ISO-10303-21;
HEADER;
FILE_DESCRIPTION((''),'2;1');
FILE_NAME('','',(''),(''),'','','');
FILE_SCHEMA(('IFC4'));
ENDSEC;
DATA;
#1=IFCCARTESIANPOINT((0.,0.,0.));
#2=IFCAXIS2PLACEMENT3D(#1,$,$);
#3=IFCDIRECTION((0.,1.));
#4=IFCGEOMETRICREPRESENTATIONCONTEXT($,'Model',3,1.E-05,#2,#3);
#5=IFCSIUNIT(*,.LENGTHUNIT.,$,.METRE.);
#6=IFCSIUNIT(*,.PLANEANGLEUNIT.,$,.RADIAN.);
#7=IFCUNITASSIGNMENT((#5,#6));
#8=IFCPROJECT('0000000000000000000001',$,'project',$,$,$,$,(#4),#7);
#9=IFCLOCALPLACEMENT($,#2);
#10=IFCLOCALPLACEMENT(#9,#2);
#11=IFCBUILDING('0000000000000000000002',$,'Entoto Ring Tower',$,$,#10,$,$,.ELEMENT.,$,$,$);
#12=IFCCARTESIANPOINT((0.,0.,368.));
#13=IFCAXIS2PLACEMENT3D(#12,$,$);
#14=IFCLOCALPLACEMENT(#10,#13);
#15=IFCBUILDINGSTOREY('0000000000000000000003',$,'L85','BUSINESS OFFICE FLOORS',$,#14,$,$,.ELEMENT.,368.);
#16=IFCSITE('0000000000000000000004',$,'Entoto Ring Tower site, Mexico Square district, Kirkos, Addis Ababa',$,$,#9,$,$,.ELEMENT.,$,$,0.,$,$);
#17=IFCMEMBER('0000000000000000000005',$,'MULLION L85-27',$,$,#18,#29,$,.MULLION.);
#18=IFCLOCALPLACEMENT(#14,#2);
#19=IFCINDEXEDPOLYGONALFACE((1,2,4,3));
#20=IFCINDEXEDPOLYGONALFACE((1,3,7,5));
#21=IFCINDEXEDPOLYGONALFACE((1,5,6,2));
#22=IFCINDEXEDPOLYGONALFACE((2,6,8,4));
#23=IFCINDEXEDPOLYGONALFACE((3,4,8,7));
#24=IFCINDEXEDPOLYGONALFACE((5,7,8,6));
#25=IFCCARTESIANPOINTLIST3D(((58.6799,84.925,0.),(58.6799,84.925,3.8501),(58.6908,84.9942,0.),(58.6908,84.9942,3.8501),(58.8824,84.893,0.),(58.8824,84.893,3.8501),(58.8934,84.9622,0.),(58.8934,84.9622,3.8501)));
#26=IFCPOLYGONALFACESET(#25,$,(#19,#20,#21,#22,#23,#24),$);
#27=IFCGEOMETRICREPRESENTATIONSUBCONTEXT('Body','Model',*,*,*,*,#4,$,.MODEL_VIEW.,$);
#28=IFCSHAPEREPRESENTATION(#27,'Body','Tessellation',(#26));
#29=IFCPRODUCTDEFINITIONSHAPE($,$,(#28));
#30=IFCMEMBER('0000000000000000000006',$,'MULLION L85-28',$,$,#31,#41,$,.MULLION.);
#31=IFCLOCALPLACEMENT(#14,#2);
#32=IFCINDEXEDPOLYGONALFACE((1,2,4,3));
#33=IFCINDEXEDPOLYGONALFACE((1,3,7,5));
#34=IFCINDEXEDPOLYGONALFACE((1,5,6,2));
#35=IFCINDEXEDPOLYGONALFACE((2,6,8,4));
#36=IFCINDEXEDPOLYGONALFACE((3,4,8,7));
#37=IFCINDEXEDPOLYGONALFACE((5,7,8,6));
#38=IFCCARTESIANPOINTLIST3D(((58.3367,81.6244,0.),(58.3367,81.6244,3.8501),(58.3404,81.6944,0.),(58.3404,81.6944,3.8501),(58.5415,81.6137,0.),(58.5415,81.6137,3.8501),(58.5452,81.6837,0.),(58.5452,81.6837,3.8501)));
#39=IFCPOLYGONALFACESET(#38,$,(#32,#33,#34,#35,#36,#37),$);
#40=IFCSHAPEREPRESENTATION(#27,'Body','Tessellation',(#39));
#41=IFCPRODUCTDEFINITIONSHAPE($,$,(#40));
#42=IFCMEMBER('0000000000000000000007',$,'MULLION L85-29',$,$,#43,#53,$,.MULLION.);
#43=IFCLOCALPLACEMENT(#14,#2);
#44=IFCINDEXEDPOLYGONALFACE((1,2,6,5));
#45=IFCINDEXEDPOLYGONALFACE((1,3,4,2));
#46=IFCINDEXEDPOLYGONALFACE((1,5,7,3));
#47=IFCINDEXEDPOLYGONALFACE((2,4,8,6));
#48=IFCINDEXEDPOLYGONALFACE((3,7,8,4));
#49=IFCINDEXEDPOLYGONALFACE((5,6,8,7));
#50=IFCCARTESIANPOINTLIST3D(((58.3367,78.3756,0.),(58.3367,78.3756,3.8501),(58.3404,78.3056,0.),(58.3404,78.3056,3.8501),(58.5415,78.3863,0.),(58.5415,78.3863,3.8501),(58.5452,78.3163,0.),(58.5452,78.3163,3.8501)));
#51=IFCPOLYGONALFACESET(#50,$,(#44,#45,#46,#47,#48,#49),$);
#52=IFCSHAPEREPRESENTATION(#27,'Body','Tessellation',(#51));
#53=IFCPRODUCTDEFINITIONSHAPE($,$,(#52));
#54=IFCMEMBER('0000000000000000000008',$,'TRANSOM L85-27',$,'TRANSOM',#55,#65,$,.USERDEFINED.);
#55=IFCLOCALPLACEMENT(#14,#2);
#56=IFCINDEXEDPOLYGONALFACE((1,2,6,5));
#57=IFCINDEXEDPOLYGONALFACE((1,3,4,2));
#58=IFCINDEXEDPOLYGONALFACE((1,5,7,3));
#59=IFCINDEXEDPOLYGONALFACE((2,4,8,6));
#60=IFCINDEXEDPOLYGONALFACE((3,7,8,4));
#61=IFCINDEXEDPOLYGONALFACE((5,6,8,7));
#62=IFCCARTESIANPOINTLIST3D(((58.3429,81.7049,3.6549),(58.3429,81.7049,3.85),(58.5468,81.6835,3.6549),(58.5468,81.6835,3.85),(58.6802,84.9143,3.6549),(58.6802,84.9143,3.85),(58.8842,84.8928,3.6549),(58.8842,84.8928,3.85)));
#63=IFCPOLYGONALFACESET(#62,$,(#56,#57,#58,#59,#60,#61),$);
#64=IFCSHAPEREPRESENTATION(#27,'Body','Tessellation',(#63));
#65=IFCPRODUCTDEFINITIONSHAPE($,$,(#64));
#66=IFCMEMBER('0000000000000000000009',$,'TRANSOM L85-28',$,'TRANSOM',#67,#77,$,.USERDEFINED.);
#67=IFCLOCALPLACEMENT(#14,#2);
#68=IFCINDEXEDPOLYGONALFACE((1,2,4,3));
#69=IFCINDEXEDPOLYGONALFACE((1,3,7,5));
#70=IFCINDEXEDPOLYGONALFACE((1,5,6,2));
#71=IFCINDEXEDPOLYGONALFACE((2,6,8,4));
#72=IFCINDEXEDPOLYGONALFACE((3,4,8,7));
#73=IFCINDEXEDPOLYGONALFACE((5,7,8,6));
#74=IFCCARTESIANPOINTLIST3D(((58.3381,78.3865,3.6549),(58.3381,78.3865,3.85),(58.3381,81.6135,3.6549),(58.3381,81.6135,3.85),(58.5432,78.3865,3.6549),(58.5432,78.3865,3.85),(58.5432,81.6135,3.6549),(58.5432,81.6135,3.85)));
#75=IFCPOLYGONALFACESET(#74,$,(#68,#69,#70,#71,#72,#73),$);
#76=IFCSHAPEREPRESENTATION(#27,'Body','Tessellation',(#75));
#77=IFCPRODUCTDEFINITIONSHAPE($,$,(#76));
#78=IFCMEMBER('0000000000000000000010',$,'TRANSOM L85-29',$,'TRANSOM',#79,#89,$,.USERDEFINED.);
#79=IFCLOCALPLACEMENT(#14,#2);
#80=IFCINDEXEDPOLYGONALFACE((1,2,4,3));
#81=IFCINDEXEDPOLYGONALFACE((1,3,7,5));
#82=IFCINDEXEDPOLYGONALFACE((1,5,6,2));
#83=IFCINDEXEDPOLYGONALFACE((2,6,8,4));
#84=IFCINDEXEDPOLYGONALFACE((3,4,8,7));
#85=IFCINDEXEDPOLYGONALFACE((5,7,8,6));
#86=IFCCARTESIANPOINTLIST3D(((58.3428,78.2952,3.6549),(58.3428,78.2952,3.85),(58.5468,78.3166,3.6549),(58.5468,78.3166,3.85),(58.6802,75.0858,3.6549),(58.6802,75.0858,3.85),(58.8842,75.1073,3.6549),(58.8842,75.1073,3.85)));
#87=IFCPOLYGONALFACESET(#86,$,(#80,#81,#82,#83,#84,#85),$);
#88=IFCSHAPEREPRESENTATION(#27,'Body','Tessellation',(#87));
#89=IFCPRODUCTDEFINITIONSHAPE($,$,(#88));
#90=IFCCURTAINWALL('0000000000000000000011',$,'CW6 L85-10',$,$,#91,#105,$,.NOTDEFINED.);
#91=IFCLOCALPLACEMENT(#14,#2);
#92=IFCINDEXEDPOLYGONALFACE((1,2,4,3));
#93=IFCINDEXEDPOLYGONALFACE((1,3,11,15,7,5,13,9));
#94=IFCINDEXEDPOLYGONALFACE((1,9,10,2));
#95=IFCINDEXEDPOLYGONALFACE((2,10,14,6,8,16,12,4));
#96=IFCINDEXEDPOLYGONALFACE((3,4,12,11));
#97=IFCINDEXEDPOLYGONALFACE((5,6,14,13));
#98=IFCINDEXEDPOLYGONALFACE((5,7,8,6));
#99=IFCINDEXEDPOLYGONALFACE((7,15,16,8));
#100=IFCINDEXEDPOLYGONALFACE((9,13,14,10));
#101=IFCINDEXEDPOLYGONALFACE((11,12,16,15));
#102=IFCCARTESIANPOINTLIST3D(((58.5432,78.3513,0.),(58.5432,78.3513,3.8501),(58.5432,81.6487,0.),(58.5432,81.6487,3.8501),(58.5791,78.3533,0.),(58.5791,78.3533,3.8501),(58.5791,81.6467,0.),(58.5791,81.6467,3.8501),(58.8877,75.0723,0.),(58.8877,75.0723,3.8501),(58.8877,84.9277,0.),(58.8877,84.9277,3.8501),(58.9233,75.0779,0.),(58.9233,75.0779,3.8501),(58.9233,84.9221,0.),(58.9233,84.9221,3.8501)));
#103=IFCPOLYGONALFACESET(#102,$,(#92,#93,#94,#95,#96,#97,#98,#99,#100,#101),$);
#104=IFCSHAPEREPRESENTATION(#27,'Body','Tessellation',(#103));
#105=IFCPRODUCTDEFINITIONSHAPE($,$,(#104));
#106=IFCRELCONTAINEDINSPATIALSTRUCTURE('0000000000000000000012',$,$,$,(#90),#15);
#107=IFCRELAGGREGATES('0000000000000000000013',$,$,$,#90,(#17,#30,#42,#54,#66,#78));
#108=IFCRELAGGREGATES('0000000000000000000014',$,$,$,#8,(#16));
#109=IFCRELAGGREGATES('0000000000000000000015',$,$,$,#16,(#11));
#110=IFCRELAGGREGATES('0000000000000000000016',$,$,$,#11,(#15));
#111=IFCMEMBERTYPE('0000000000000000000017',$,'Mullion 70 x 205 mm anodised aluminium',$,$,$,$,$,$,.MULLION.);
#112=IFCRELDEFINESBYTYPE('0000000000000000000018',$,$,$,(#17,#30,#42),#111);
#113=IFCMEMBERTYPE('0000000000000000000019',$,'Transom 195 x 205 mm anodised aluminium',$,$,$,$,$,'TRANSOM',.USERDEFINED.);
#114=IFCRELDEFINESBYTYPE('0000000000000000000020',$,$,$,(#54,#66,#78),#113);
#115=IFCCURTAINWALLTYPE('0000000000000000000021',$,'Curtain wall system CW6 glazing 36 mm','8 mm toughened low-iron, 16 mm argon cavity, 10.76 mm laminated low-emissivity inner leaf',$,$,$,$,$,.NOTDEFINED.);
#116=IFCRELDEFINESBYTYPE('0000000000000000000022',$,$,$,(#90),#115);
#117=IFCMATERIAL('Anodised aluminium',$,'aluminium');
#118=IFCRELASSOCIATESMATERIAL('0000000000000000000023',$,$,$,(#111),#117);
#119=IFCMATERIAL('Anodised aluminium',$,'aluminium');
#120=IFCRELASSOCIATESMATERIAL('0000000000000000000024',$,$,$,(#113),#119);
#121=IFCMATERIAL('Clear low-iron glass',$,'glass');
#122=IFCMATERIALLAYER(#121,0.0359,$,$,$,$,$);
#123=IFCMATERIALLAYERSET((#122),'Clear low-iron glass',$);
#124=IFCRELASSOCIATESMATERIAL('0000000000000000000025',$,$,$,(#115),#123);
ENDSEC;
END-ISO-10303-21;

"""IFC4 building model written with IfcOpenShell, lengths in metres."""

from ifc_helpers import new_model, si_unit, direction, frame, origin, origin_2d, place, context, subcontext, project, spatial, polyline, rectangle, outline, extrude, material, layer, layer_set, material_profile, profile_set, type_object, element, aggregate, save


model = new_model("IFC4")

# Units and contexts
model_context = context("Model", 3, precision=1e-05, world=origin(), true_north=direction((0.0, 1.0)))
body_context = subcontext(model_context, "Body", "Model", "MODEL_VIEW")
ifc_project = project(units=[si_unit("LENGTHUNIT", "METRE"), si_unit("PLANEANGLEUNIT", "RADIAN")], contexts=[model_context])

# Members
ifc_material_1 = material(Name="Anodised aluminium", Category="aluminium")
ifc_material_profile_1 = material_profile(ifc_material_1, rectangle(XDim=0.0701, YDim=0.2051, at=origin_2d()), Name="Mullion 70 x 205 mm anodised aluminium")
ifc_profile_set_1 = profile_set([ifc_material_profile_1], Name="Anodised aluminium")
member_type_1 = type_object("IfcMemberType", Name="Mullion 70 x 205 mm anodised aluminium", PredefinedType="MULLION", material=ifc_profile_set_1)
site_placement = place(None, origin())
building_placement = place(site_placement, origin())
storey_placement = place(building_placement, frame((0.0, 0.0, 368.0)))
member_1_placement = place(storey_placement, frame((58.7866, 84.9436, 0.0), z_axis=(0.0, 0.0, 1.0), x_axis=(-0.156434, -0.987688, 0.0)))
member_1 = element("IfcMember", 1, at=member_1_placement, type_object=member_type_1, Name="MULLION L85-27", PredefinedType="MULLION", context=body_context, shape_type="SweptSolid", body=[
    extrude(rectangle(XDim=0.0701, YDim=0.2051, at=origin_2d()), origin(), (0.0, 0.0, 1.0), 3.8501),
])
member_2_placement = place(storey_placement, frame((58.4409, 81.6541, 0.0), z_axis=(0.0, 0.0, 1.0), x_axis=(-0.052336, -0.99863, 0.0)))
member_2 = element("IfcMember", 2, at=member_2_placement, type_object=member_type_1, Name="MULLION L85-28", PredefinedType="MULLION", context=body_context, shape_type="SweptSolid", body=[
    extrude(rectangle(XDim=0.0701, YDim=0.2051, at=origin_2d()), origin(), (0.0, 0.0, 1.0), 3.8501),
])
member_3_placement = place(storey_placement, frame((58.4409, 78.3459, 0.0), z_axis=(0.0, 0.0, 1.0), x_axis=(0.052336, -0.99863, 0.0)))
member_3 = element("IfcMember", 3, at=member_3_placement, type_object=member_type_1, Name="MULLION L85-29", PredefinedType="MULLION", context=body_context, shape_type="SweptSolid", body=[
    extrude(rectangle(XDim=0.0701, YDim=0.2051, at=origin_2d()), origin(), (0.0, 0.0, 1.0), 3.8501),
])
ifc_material_2 = material(Name="Anodised aluminium", Category="aluminium")
ifc_material_profile_2 = material_profile(ifc_material_2, rectangle(XDim=0.2051, YDim=0.1951, at=origin_2d()), Name="Transom 195 x 205 mm anodised aluminium")
ifc_profile_set_2 = profile_set([ifc_material_profile_2], Name="Anodised aluminium")
member_type_2 = type_object("IfcMemberType", Name="Transom 195 x 205 mm anodised aluminium", ElementType="TRANSOM", PredefinedType="USERDEFINED", material=ifc_profile_set_2)
member_4_placement = place(storey_placement, frame((58.7822, 84.9036, 3.7524), z_axis=(-0.104551, -0.99452, 0.0), x_axis=(0.99452, -0.104551, 0.0)))
member_4 = element("IfcMember", 4, at=member_4_placement, type_object=member_type_2, Name="TRANSOM L85-27", ObjectType="TRANSOM", PredefinedType="USERDEFINED", context=body_context, shape_type="SweptSolid", body=[
    extrude(rectangle(XDim=0.2051, YDim=0.1951, at=origin_2d()), origin(), (0.0, 0.0, 1.0), 3.2271),
])
member_5_placement = place(storey_placement, frame((58.4407, 81.6135, 3.7524), z_axis=(0.0, -1.0, 0.0), x_axis=(1.0, 0.0, 0.0)))
member_5 = element("IfcMember", 5, at=member_5_placement, type_object=member_type_2, Name="TRANSOM L85-28", ObjectType="TRANSOM", PredefinedType="USERDEFINED", context=body_context, shape_type="SweptSolid", body=[
    extrude(rectangle(XDim=0.2051, YDim=0.1951, at=origin_2d()), origin(), (0.0, 0.0, 1.0), 3.2271),
])
member_6_placement = place(storey_placement, frame((58.4448, 78.3059, 3.7524), z_axis=(0.104551, -0.99452, 0.0), x_axis=(0.99452, 0.104551, 0.0)))
member_6 = element("IfcMember", 6, at=member_6_placement, type_object=member_type_2, Name="TRANSOM L85-29", ObjectType="TRANSOM", PredefinedType="USERDEFINED", context=body_context, shape_type="SweptSolid", body=[
    extrude(rectangle(XDim=0.2051, YDim=0.1951, at=origin_2d()), origin(), (0.0, 0.0, 1.0), 3.2271),
])

# Site, building, storey
site = spatial("IfcSite", under=ifc_project, at=site_placement, Name="Entoto Ring Tower site, Mexico Square district, Kirkos, Addis Ababa", CompositionType="ELEMENT", RefElevation=0.0)
building = spatial("IfcBuilding", under=site, at=building_placement, Name="Entoto Ring Tower", CompositionType="ELEMENT")
storey = spatial("IfcBuildingStorey", under=building, at=storey_placement, Name="L85", Description="BUSINESS OFFICE FLOORS", CompositionType="ELEMENT", Elevation=368.0)

# Curtain wall
ifc_material_3 = material(Name="Clear low-iron glass", Category="glass")
ifc_layer = layer(ifc_material_3, 0.0359)
ifc_layer_set = layer_set([ifc_layer], Name="Clear low-iron glass")
curtain_wall_type = type_object("IfcCurtainWallType", Name="Curtain wall system CW6 glazing 36 mm", Description="8 mm toughened low-iron, 16 mm argon cavity, 10.76 mm laminated low-emissivity inner leaf", PredefinedType="NOTDEFINED", material=ifc_layer_set)
curtain_wall_1_placement = place(storey_placement, origin())
curtain_wall_1 = element("IfcCurtainWall", 7, at=curtain_wall_1_placement, inside=storey, type_object=curtain_wall_type, Name="CW6 L85-10", PredefinedType="NOTDEFINED", context=body_context, shape_type="SweptSolid", body=[
    extrude(outline(polyline([(58.8877, 84.9277), (58.5432, 81.6487), (58.5432, 78.3513), (58.8877, 75.0723), (58.9233, 75.0779), (58.5791, 78.3533), (58.5791, 81.6467), (58.9233, 84.9221), (58.8877, 84.9277)])), origin(), (0.0, 0.0, 1.0), 3.8501),
])
aggregate(curtain_wall_1, [member_1, member_2, member_3, member_4, member_5, member_6])

save(model, "model.ifc")
